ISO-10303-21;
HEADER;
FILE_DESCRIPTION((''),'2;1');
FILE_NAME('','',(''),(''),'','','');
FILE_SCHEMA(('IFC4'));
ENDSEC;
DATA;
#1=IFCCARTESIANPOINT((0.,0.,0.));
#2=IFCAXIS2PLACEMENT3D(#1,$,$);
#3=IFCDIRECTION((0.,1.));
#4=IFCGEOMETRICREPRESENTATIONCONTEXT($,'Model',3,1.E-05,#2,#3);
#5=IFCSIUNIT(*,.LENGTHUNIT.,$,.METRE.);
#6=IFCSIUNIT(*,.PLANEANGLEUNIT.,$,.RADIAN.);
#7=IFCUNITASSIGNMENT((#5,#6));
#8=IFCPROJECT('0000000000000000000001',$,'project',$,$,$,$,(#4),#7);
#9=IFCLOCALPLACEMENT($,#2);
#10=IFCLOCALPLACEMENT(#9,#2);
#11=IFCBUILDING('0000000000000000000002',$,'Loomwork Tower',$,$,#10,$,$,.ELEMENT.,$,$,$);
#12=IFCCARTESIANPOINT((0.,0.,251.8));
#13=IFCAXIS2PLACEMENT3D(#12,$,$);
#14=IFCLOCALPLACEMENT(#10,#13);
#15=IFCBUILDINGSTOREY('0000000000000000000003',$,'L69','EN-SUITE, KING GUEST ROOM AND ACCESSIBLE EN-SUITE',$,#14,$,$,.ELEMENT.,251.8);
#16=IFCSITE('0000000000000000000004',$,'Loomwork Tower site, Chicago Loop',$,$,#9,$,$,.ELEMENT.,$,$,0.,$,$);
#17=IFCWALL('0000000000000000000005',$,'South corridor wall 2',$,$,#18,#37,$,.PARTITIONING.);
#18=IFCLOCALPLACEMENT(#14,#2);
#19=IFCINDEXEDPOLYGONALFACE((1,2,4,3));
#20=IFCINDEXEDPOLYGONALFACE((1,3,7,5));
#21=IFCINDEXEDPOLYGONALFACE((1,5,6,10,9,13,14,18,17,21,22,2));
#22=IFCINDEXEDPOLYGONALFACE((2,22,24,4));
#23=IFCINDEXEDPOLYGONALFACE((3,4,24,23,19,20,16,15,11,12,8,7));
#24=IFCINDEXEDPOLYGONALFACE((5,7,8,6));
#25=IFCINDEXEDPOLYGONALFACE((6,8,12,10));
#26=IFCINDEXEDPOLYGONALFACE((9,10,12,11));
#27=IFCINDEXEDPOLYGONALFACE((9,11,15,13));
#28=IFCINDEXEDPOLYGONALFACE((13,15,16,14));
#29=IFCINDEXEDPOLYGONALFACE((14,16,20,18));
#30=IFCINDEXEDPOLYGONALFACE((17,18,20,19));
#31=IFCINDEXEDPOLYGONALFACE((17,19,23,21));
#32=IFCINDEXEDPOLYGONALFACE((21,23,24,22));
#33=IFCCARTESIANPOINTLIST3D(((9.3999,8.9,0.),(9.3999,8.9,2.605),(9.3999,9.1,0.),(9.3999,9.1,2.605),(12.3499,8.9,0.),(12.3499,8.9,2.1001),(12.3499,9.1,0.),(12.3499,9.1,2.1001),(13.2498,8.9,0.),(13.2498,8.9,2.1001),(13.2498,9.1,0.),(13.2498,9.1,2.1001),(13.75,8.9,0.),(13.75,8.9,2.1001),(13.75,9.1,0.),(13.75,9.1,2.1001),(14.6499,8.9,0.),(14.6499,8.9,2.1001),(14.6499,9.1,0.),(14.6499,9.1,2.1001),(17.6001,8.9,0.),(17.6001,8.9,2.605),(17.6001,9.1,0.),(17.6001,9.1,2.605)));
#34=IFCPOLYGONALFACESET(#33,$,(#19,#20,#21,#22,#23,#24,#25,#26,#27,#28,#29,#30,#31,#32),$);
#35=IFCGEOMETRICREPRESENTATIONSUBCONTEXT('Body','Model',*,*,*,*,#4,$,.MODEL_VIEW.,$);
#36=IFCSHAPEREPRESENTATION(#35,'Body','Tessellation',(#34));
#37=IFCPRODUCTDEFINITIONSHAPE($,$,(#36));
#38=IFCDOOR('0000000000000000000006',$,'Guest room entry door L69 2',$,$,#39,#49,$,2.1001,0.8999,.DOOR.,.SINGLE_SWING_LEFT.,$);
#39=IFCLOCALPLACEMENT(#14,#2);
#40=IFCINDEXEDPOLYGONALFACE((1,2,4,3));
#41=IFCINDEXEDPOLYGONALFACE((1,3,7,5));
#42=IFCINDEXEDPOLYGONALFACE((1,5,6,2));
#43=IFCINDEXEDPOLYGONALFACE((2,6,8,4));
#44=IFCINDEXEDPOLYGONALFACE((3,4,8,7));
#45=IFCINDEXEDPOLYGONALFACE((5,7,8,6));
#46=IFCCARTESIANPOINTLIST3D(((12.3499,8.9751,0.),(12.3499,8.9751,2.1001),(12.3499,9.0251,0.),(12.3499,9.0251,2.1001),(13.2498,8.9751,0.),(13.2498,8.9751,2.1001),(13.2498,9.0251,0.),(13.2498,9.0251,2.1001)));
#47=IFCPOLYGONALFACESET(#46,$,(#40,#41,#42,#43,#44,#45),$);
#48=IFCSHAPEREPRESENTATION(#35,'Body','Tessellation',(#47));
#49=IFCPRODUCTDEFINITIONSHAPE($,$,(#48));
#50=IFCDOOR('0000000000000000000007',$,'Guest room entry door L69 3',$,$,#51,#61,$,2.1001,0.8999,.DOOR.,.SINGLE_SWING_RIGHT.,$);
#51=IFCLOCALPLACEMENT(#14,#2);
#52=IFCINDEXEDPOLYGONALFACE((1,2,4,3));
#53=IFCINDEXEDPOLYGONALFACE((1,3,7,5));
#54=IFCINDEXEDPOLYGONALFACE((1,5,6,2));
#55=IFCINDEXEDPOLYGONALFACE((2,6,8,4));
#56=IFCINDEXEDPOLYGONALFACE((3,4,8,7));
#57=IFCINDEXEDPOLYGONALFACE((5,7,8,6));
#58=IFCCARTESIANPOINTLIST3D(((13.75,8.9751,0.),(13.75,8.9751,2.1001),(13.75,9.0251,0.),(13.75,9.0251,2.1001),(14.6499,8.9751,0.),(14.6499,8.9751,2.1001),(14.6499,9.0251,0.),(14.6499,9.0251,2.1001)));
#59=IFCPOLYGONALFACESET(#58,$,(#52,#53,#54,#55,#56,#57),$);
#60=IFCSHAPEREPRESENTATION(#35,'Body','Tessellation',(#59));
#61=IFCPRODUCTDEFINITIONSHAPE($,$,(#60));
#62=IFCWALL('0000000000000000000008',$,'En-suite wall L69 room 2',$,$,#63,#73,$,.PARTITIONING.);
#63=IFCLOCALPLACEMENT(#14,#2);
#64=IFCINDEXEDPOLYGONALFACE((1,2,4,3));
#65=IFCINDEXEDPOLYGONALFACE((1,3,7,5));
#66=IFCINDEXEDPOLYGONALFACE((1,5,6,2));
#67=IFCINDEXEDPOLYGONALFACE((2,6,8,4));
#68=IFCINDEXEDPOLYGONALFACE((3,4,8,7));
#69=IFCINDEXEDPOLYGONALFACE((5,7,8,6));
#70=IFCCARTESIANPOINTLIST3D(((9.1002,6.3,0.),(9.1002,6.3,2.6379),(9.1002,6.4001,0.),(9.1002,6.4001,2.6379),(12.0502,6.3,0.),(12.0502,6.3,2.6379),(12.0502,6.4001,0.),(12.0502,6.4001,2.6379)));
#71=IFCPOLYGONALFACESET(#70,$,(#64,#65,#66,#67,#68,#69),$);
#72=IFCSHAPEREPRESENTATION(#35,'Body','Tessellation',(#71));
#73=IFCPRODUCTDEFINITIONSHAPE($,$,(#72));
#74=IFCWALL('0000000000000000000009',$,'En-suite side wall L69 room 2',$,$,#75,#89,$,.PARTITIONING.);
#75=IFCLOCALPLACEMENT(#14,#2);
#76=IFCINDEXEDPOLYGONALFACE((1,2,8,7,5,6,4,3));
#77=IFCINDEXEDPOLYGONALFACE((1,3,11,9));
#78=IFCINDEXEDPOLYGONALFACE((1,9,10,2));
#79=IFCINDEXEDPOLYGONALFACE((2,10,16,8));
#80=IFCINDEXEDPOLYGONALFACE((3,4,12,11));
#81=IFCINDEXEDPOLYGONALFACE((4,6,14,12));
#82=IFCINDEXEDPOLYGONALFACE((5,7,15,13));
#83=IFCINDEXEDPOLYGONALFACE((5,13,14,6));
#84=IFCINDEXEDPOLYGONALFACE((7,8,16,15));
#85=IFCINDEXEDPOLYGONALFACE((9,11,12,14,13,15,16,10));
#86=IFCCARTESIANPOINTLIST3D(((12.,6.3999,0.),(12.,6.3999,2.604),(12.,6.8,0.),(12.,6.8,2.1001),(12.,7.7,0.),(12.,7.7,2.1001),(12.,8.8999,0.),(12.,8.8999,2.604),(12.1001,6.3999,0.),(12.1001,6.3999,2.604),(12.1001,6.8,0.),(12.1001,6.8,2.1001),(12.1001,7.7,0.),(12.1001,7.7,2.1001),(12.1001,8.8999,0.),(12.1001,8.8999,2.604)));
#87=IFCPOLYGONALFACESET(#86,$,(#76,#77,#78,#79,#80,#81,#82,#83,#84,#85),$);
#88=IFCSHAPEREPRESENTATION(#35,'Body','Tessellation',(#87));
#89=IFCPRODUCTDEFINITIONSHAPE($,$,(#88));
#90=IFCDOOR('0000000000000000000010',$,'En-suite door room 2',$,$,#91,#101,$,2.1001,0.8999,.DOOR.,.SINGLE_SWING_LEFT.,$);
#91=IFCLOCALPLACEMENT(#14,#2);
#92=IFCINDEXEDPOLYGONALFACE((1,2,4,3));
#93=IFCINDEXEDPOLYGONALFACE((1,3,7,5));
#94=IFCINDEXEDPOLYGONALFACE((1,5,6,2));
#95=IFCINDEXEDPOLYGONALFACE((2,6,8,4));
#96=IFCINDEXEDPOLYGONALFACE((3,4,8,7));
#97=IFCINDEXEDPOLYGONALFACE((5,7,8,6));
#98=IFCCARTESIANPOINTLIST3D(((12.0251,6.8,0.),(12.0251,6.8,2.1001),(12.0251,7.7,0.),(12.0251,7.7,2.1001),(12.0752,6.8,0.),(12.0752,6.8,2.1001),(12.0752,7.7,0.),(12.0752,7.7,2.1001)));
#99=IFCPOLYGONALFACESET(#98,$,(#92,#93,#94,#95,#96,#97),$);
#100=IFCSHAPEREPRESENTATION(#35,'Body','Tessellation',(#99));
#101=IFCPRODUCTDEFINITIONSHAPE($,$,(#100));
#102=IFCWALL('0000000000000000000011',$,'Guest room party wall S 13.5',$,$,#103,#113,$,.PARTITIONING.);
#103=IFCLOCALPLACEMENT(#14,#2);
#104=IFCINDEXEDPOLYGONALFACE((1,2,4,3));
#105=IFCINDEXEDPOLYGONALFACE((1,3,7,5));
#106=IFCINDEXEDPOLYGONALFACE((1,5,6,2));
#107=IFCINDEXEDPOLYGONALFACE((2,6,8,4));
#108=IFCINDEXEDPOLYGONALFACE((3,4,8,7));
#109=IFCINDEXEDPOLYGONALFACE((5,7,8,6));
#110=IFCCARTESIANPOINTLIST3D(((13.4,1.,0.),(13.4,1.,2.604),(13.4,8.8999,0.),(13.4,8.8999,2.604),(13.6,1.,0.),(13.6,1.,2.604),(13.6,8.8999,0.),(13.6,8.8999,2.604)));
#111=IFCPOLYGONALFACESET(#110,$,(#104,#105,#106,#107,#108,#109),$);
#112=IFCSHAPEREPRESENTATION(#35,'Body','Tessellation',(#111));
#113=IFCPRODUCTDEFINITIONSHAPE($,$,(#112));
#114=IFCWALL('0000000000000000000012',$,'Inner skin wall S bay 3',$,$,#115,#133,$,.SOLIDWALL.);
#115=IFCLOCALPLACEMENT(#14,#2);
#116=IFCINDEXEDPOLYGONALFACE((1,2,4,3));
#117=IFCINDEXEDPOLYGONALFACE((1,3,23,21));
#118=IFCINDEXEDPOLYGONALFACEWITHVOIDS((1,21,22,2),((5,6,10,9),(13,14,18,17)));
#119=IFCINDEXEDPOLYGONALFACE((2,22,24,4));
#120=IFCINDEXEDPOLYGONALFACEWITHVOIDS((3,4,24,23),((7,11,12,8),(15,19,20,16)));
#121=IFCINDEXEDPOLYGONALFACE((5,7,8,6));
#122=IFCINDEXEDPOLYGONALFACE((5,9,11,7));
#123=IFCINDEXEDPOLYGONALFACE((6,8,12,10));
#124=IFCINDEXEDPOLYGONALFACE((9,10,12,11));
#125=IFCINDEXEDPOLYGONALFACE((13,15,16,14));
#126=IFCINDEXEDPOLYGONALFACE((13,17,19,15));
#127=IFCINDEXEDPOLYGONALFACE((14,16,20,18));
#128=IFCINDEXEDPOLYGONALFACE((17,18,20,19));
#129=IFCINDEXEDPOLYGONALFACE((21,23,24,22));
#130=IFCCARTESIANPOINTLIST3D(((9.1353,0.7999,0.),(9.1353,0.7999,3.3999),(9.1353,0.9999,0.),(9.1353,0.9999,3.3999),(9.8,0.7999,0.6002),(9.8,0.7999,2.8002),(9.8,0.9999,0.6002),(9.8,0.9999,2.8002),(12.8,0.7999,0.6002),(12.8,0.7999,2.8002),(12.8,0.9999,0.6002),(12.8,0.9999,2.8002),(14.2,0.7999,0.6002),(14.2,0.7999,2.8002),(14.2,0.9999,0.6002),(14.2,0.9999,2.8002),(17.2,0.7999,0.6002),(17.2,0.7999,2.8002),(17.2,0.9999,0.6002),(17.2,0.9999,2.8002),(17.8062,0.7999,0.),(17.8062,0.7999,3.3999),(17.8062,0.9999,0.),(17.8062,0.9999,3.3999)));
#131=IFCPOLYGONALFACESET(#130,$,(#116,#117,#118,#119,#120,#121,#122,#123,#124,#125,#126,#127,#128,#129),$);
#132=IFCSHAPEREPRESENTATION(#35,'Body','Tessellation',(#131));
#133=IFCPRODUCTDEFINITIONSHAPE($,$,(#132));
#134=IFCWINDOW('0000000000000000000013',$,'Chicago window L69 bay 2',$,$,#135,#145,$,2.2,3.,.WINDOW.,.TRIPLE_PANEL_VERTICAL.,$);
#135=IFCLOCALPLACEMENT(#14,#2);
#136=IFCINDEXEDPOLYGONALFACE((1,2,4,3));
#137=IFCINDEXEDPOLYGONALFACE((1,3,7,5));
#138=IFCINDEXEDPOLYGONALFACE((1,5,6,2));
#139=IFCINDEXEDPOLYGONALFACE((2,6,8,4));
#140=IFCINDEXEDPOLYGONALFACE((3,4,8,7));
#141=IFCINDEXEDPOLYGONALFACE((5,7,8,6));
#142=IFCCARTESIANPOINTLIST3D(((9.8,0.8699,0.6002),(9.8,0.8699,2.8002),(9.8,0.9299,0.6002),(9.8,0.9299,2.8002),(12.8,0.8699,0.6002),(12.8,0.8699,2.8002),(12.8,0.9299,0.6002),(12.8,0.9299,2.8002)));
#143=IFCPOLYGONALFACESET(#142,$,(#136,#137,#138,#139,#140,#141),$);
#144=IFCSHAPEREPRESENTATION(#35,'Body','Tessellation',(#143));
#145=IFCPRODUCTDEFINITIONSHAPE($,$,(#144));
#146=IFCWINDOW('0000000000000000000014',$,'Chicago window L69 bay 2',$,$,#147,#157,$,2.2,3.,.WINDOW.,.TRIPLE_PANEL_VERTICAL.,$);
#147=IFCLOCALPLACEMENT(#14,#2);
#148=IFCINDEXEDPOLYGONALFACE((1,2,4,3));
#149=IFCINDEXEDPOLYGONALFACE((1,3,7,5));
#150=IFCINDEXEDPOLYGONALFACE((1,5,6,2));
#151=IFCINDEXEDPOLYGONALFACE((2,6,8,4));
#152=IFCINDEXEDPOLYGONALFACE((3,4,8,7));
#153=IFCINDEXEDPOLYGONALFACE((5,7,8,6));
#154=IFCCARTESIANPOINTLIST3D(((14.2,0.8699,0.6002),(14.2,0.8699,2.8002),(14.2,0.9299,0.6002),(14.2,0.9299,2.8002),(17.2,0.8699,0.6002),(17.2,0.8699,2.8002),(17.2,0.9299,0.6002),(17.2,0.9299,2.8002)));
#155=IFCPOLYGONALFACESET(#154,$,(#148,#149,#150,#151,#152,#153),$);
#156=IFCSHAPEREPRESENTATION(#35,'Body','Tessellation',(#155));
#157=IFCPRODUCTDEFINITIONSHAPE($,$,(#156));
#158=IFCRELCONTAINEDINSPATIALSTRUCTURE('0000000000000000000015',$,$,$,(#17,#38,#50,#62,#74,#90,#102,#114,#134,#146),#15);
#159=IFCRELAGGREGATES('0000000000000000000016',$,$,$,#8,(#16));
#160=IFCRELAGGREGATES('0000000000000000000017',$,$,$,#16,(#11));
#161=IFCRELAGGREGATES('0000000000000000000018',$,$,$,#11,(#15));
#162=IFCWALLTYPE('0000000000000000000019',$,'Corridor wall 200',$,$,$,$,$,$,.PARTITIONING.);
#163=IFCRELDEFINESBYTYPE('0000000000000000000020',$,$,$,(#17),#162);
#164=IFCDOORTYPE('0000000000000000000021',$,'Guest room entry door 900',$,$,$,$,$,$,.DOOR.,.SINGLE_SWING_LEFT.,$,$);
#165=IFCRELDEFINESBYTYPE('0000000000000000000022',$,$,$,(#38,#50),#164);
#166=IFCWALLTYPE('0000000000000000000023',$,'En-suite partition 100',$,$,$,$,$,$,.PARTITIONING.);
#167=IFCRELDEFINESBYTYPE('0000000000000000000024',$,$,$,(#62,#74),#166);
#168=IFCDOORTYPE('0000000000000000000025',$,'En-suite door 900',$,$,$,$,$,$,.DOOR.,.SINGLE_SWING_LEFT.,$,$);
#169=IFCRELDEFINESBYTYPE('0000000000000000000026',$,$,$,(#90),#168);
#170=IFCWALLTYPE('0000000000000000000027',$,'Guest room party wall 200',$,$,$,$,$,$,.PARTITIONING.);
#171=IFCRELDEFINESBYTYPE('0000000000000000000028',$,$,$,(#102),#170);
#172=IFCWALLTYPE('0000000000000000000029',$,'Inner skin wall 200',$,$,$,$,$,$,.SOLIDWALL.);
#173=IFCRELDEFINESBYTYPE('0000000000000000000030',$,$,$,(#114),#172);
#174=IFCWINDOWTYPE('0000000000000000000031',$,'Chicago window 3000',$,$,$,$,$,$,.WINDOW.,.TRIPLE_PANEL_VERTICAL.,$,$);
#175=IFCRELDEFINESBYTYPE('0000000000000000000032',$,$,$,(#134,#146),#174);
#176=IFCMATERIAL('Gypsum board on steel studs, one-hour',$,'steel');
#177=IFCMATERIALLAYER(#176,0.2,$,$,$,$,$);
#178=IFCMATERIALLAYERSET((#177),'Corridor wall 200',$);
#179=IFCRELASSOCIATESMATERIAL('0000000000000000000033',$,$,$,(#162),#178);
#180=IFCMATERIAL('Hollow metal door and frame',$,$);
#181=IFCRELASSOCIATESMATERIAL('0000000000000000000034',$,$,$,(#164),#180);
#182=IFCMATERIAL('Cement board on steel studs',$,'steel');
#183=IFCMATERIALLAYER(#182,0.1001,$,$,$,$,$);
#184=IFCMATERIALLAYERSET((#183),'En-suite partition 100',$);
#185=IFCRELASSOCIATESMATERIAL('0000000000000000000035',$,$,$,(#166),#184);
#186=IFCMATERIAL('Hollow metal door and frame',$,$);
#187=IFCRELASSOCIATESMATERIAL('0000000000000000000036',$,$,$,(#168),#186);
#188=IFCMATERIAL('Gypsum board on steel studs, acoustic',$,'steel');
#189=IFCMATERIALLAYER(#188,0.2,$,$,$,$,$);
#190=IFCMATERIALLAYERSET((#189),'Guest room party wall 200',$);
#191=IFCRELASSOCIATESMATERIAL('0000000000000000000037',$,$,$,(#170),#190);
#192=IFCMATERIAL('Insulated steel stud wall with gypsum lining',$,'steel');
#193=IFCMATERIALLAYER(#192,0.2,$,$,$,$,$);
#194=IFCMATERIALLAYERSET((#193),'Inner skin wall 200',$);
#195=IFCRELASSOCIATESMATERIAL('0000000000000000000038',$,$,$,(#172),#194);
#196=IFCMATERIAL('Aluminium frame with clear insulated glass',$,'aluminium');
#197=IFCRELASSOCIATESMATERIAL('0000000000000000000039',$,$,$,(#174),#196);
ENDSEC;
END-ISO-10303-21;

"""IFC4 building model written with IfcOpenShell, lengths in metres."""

from ifc_helpers import new_model, si_unit, direction, frame, frame_2d, origin, place, context, subcontext, project, spatial, rectangle, extrude, material, layer, layer_set, type_object, element, fill, save


model = new_model("IFC4")

# Units and contexts
model_context = context("Model", 3, precision=1e-05, world=origin(), true_north=direction((0.0, 1.0)))
body_context = subcontext(model_context, "Body", "Model", "MODEL_VIEW")
ifc_project = project(units=[si_unit("LENGTHUNIT", "METRE"), si_unit("PLANEANGLEUNIT", "RADIAN")], contexts=[model_context])

# Site, building, storey
site_placement = place(None, origin())
site = spatial("IfcSite", under=ifc_project, at=site_placement, Name="Loomwork Tower site, Chicago Loop", CompositionType="ELEMENT", RefElevation=0.0)
building_placement = place(site_placement, origin())
building = spatial("IfcBuilding", under=site, at=building_placement, Name="Loomwork Tower", CompositionType="ELEMENT")
storey_placement = place(building_placement, frame((0.0, 0.0, 251.8)))
storey = spatial("IfcBuildingStorey", under=building, at=storey_placement, Name="L69", Description="EN-SUITE, KING GUEST ROOM AND ACCESSIBLE EN-SUITE", CompositionType="ELEMENT", Elevation=251.8)

# Wall, openings, doors
ifc_material_1 = material(Name="Gypsum board on steel studs, one-hour", Category="steel")
ifc_layer_1 = layer(ifc_material_1, 0.2)
ifc_layer_set_1 = layer_set([ifc_layer_1], Name="Corridor wall 200")
wall_type_1 = type_object("IfcWallType", Name="Corridor wall 200", PredefinedType="PARTITIONING", material=ifc_layer_set_1)
wall_1_placement = place(storey_placement, frame((9.3999, 9.0, 0.0), z_axis=(0.0, 0.0, 1.0), x_axis=(1.0, 0.0, 0.0)))
wall_1 = element("IfcWall", 1, at=wall_1_placement, inside=storey, type_object=wall_type_1, Name="South corridor wall 2", PredefinedType="PARTITIONING", context=body_context, shape_type="SweptSolid", body=[
    extrude(rectangle(XDim=8.2002, YDim=0.2, at=frame_2d((4.1001, 0.0))), origin(), (0.0, 0.0, 1.0), 2.605),
])
opening_1_placement = place(wall_1_placement, frame((2.95, 0.0, 0.0)))
opening_1 = element("IfcOpeningElement", 2, at=opening_1_placement, cuts=wall_1, PredefinedType="OPENING", context=body_context, shape_type="SweptSolid", body=[
    extrude(rectangle(XDim=0.8999, YDim=2.1001, at=frame_2d((0.45, 1.05))), frame((0.0, 0.1099, 0.0), z_axis=(0.0, -1.0, 0.0), x_axis=(1.0, 0.0, 0.0)), (0.0, 0.0, 1.0), 0.22),
])
opening_2_placement = place(wall_1_placement, frame((4.3501, 0.0, 0.0)))
opening_2 = element("IfcOpeningElement", 3, at=opening_2_placement, cuts=wall_1, PredefinedType="OPENING", context=body_context, shape_type="SweptSolid", body=[
    extrude(rectangle(XDim=0.8999, YDim=2.1001, at=frame_2d((0.45, 1.05))), frame((0.0, 0.1099, 0.0), z_axis=(0.0, -1.0, 0.0), x_axis=(1.0, 0.0, 0.0)), (0.0, 0.0, 1.0), 0.22),
])
ifc_material_2 = material(Name="Hollow metal door and frame")
door_type_1 = type_object("IfcDoorType", Name="Guest room entry door 900", OperationType="SINGLE_SWING_LEFT", PredefinedType="DOOR", material=ifc_material_2)
door_1_placement = place(opening_1_placement, frame((0.8999, 0.0, 0.0), z_axis=(0.0, 0.0, 1.0), x_axis=(-1.0, 0.0, 0.0)))
door_1 = element("IfcDoor", 4, at=door_1_placement, inside=storey, type_object=door_type_1, Name="Guest room entry door L69 2", OperationType="SINGLE_SWING_LEFT", OverallHeight=2.1001, OverallWidth=0.8999, PredefinedType="DOOR", context=body_context, shape_type="SweptSolid", body=[
    extrude(rectangle(XDim=0.8999, YDim=2.1001, at=frame_2d((0.45, 1.05))), frame((0.0, 0.0249, 0.0), z_axis=(0.0, -1.0, 0.0), x_axis=(1.0, 0.0, 0.0)), (0.0, 0.0, 1.0), 0.05),
])
fill(opening_1, door_1)
door_2_placement = place(opening_2_placement, frame((0.8999, 0.0, 0.0), z_axis=(0.0, 0.0, 1.0), x_axis=(-1.0, 0.0, 0.0)))
door_2 = element("IfcDoor", 5, at=door_2_placement, inside=storey, type_object=door_type_1, Name="Guest room entry door L69 3", OperationType="SINGLE_SWING_RIGHT", OverallHeight=2.1001, OverallWidth=0.8999, PredefinedType="DOOR", context=body_context, shape_type="SweptSolid", body=[
    extrude(rectangle(XDim=0.8999, YDim=2.1001, at=frame_2d((0.45, 1.05))), frame((0.0, 0.0249, 0.0), z_axis=(0.0, -1.0, 0.0), x_axis=(1.0, 0.0, 0.0)), (0.0, 0.0, 1.0), 0.05),
])
fill(opening_2, door_2)

# Wall
ifc_material_3 = material(Name="Cement board on steel studs", Category="steel")
ifc_layer_2 = layer(ifc_material_3, 0.1001)
ifc_layer_set_2 = layer_set([ifc_layer_2], Name="En-suite partition 100")
wall_type_2 = type_object("IfcWallType", Name="En-suite partition 100", PredefinedType="PARTITIONING", material=ifc_layer_set_2)
wall_2_placement = place(storey_placement, frame((9.1001, 6.3501, 0.0), z_axis=(0.0, 0.0, 1.0), x_axis=(1.0, 0.0, 0.0)))
element("IfcWall", 6, at=wall_2_placement, inside=storey, type_object=wall_type_2, Name="En-suite wall L69 room 2", PredefinedType="PARTITIONING", context=body_context, shape_type="SweptSolid", body=[
    extrude(rectangle(XDim=2.95, YDim=0.1001, at=frame_2d((1.4751, 0.0))), origin(), (0.0, 0.0, 1.0), 2.6379),
])

# Wall, opening, door
wall_3_placement = place(storey_placement, frame((12.05, 8.8999, 0.0), z_axis=(0.0, 0.0, 1.0), x_axis=(0.0, -1.0, 0.0)))
wall_3 = element("IfcWall", 7, at=wall_3_placement, inside=storey, type_object=wall_type_2, Name="En-suite side wall L69 room 2", PredefinedType="PARTITIONING", context=body_context, shape_type="SweptSolid", body=[
    extrude(rectangle(XDim=2.5, YDim=0.1001, at=frame_2d((1.25, 0.0))), origin(), (0.0, 0.0, 1.0), 2.604),
])
opening_3_placement = place(wall_3_placement, frame((1.2, 0.0, 0.0)))
opening_3 = element("IfcOpeningElement", 8, at=opening_3_placement, cuts=wall_3, PredefinedType="OPENING", context=body_context, shape_type="SweptSolid", body=[
    extrude(rectangle(XDim=0.8999, YDim=2.1001, at=frame_2d((0.45, 1.05))), frame((0.0, 0.0601, 0.0), z_axis=(0.0, -1.0, 0.0), x_axis=(1.0, 0.0, 0.0)), (0.0, 0.0, 1.0), 0.1201),
])
ifc_material_4 = material(Name="Hollow metal door and frame")
door_type_2 = type_object("IfcDoorType", Name="En-suite door 900", OperationType="SINGLE_SWING_LEFT", PredefinedType="DOOR", material=ifc_material_4)
door_3_placement = place(opening_3_placement, frame((0.8999, 0.0, 0.0), z_axis=(0.0, 0.0, 1.0), x_axis=(-1.0, 0.0, 0.0)))
door_3 = element("IfcDoor", 9, at=door_3_placement, inside=storey, type_object=door_type_2, Name="En-suite door room 2", OperationType="SINGLE_SWING_LEFT", OverallHeight=2.1001, OverallWidth=0.8999, PredefinedType="DOOR", context=body_context, shape_type="SweptSolid", body=[
    extrude(rectangle(XDim=0.8999, YDim=2.1001, at=frame_2d((0.45, 1.05))), frame((0.0, 0.0249, 0.0), z_axis=(0.0, -1.0, 0.0), x_axis=(1.0, 0.0, 0.0)), (0.0, 0.0, 1.0), 0.05),
])
fill(opening_3, door_3)

# Wall
ifc_material_5 = material(Name="Gypsum board on steel studs, acoustic", Category="steel")
ifc_layer_3 = layer(ifc_material_5, 0.2)
ifc_layer_set_3 = layer_set([ifc_layer_3], Name="Guest room party wall 200")
wall_type_3 = type_object("IfcWallType", Name="Guest room party wall 200", PredefinedType="PARTITIONING", material=ifc_layer_set_3)
wall_4_placement = place(storey_placement, frame((13.5, 8.8999, 0.0), z_axis=(0.0, 0.0, 1.0), x_axis=(0.0, -1.0, 0.0)))
element("IfcWall", 10, at=wall_4_placement, inside=storey, type_object=wall_type_3, Name="Guest room party wall S 13.5", PredefinedType="PARTITIONING", context=body_context, shape_type="SweptSolid", body=[
    extrude(rectangle(XDim=7.8999, YDim=0.2, at=frame_2d((3.95, 0.0))), origin(), (0.0, 0.0, 1.0), 2.604),
])

# Wall, openings, windows
ifc_material_6 = material(Name="Insulated steel stud wall with gypsum lining", Category="steel")
ifc_layer_4 = layer(ifc_material_6, 0.2)
ifc_layer_set_4 = layer_set([ifc_layer_4], Name="Inner skin wall 200")
wall_type_4 = type_object("IfcWallType", Name="Inner skin wall 200", PredefinedType="SOLIDWALL", material=ifc_layer_set_4)
wall_5_placement = place(storey_placement, frame((9.1353, 0.8999, 0.0), z_axis=(0.0, 0.0, 1.0), x_axis=(1.0, 0.0, 0.0)))
wall_5 = element("IfcWall", 11, at=wall_5_placement, inside=storey, type_object=wall_type_4, Name="Inner skin wall S bay 3", PredefinedType="SOLIDWALL", context=body_context, shape_type="SweptSolid", body=[
    extrude(rectangle(XDim=8.6709, YDim=0.2, at=frame_2d((4.3354, 0.0))), origin(), (0.0, 0.0, 1.0), 3.3999),
])
opening_4_placement = place(wall_5_placement, frame((0.6648, 0.0, 0.6001)))
opening_4 = element("IfcOpeningElement", 12, at=opening_4_placement, cuts=wall_5, PredefinedType="OPENING", context=body_context, shape_type="SweptSolid", body=[
    extrude(rectangle(XDim=3.0, YDim=2.2, at=frame_2d((1.5, 1.1001))), frame((0.0, 0.1099, 0.0), z_axis=(0.0, -1.0, 0.0), x_axis=(1.0, 0.0, 0.0)), (0.0, 0.0, 1.0), 0.22),
])
opening_5_placement = place(wall_5_placement, frame((5.0647, 0.0, 0.6001)))
opening_5 = element("IfcOpeningElement", 13, at=opening_5_placement, cuts=wall_5, PredefinedType="OPENING", context=body_context, shape_type="SweptSolid", body=[
    extrude(rectangle(XDim=3.0, YDim=2.2, at=frame_2d((1.5, 1.1001))), frame((0.0, 0.1099, 0.0), z_axis=(0.0, -1.0, 0.0), x_axis=(1.0, 0.0, 0.0)), (0.0, 0.0, 1.0), 0.22),
])
ifc_material_7 = material(Name="Aluminium frame with clear insulated glass", Category="aluminium")
window_type = type_object("IfcWindowType", Name="Chicago window 3000", PartitioningType="TRIPLE_PANEL_VERTICAL", PredefinedType="WINDOW", material=ifc_material_7)
window_1_placement = place(opening_4_placement, origin())
window_1 = element("IfcWindow", 14, at=window_1_placement, inside=storey, type_object=window_type, Name="Chicago window L69 bay 2", OverallHeight=2.2, OverallWidth=3.0, PartitioningType="TRIPLE_PANEL_VERTICAL", PredefinedType="WINDOW", context=body_context, shape_type="SweptSolid", body=[
    extrude(rectangle(XDim=3.0, YDim=2.2, at=frame_2d((1.5, 1.1001))), frame((0.0, 0.03, 0.0), z_axis=(0.0, -1.0, 0.0), x_axis=(1.0, 0.0, 0.0)), (0.0, 0.0, 1.0), 0.0601),
])
fill(opening_4, window_1)
window_2_placement = place(opening_5_placement, origin())
window_2 = element("IfcWindow", 15, at=window_2_placement, inside=storey, type_object=window_type, Name="Chicago window L69 bay 2", OverallHeight=2.2, OverallWidth=3.0, PartitioningType="TRIPLE_PANEL_VERTICAL", PredefinedType="WINDOW", context=body_context, shape_type="SweptSolid", body=[
    extrude(rectangle(XDim=3.0, YDim=2.2, at=frame_2d((1.5, 1.1001))), frame((0.0, 0.03, 0.0), z_axis=(0.0, -1.0, 0.0), x_axis=(1.0, 0.0, 0.0)), (0.0, 0.0, 1.0), 0.0601),
])
fill(opening_5, window_2)

save(model, "model.ifc")
